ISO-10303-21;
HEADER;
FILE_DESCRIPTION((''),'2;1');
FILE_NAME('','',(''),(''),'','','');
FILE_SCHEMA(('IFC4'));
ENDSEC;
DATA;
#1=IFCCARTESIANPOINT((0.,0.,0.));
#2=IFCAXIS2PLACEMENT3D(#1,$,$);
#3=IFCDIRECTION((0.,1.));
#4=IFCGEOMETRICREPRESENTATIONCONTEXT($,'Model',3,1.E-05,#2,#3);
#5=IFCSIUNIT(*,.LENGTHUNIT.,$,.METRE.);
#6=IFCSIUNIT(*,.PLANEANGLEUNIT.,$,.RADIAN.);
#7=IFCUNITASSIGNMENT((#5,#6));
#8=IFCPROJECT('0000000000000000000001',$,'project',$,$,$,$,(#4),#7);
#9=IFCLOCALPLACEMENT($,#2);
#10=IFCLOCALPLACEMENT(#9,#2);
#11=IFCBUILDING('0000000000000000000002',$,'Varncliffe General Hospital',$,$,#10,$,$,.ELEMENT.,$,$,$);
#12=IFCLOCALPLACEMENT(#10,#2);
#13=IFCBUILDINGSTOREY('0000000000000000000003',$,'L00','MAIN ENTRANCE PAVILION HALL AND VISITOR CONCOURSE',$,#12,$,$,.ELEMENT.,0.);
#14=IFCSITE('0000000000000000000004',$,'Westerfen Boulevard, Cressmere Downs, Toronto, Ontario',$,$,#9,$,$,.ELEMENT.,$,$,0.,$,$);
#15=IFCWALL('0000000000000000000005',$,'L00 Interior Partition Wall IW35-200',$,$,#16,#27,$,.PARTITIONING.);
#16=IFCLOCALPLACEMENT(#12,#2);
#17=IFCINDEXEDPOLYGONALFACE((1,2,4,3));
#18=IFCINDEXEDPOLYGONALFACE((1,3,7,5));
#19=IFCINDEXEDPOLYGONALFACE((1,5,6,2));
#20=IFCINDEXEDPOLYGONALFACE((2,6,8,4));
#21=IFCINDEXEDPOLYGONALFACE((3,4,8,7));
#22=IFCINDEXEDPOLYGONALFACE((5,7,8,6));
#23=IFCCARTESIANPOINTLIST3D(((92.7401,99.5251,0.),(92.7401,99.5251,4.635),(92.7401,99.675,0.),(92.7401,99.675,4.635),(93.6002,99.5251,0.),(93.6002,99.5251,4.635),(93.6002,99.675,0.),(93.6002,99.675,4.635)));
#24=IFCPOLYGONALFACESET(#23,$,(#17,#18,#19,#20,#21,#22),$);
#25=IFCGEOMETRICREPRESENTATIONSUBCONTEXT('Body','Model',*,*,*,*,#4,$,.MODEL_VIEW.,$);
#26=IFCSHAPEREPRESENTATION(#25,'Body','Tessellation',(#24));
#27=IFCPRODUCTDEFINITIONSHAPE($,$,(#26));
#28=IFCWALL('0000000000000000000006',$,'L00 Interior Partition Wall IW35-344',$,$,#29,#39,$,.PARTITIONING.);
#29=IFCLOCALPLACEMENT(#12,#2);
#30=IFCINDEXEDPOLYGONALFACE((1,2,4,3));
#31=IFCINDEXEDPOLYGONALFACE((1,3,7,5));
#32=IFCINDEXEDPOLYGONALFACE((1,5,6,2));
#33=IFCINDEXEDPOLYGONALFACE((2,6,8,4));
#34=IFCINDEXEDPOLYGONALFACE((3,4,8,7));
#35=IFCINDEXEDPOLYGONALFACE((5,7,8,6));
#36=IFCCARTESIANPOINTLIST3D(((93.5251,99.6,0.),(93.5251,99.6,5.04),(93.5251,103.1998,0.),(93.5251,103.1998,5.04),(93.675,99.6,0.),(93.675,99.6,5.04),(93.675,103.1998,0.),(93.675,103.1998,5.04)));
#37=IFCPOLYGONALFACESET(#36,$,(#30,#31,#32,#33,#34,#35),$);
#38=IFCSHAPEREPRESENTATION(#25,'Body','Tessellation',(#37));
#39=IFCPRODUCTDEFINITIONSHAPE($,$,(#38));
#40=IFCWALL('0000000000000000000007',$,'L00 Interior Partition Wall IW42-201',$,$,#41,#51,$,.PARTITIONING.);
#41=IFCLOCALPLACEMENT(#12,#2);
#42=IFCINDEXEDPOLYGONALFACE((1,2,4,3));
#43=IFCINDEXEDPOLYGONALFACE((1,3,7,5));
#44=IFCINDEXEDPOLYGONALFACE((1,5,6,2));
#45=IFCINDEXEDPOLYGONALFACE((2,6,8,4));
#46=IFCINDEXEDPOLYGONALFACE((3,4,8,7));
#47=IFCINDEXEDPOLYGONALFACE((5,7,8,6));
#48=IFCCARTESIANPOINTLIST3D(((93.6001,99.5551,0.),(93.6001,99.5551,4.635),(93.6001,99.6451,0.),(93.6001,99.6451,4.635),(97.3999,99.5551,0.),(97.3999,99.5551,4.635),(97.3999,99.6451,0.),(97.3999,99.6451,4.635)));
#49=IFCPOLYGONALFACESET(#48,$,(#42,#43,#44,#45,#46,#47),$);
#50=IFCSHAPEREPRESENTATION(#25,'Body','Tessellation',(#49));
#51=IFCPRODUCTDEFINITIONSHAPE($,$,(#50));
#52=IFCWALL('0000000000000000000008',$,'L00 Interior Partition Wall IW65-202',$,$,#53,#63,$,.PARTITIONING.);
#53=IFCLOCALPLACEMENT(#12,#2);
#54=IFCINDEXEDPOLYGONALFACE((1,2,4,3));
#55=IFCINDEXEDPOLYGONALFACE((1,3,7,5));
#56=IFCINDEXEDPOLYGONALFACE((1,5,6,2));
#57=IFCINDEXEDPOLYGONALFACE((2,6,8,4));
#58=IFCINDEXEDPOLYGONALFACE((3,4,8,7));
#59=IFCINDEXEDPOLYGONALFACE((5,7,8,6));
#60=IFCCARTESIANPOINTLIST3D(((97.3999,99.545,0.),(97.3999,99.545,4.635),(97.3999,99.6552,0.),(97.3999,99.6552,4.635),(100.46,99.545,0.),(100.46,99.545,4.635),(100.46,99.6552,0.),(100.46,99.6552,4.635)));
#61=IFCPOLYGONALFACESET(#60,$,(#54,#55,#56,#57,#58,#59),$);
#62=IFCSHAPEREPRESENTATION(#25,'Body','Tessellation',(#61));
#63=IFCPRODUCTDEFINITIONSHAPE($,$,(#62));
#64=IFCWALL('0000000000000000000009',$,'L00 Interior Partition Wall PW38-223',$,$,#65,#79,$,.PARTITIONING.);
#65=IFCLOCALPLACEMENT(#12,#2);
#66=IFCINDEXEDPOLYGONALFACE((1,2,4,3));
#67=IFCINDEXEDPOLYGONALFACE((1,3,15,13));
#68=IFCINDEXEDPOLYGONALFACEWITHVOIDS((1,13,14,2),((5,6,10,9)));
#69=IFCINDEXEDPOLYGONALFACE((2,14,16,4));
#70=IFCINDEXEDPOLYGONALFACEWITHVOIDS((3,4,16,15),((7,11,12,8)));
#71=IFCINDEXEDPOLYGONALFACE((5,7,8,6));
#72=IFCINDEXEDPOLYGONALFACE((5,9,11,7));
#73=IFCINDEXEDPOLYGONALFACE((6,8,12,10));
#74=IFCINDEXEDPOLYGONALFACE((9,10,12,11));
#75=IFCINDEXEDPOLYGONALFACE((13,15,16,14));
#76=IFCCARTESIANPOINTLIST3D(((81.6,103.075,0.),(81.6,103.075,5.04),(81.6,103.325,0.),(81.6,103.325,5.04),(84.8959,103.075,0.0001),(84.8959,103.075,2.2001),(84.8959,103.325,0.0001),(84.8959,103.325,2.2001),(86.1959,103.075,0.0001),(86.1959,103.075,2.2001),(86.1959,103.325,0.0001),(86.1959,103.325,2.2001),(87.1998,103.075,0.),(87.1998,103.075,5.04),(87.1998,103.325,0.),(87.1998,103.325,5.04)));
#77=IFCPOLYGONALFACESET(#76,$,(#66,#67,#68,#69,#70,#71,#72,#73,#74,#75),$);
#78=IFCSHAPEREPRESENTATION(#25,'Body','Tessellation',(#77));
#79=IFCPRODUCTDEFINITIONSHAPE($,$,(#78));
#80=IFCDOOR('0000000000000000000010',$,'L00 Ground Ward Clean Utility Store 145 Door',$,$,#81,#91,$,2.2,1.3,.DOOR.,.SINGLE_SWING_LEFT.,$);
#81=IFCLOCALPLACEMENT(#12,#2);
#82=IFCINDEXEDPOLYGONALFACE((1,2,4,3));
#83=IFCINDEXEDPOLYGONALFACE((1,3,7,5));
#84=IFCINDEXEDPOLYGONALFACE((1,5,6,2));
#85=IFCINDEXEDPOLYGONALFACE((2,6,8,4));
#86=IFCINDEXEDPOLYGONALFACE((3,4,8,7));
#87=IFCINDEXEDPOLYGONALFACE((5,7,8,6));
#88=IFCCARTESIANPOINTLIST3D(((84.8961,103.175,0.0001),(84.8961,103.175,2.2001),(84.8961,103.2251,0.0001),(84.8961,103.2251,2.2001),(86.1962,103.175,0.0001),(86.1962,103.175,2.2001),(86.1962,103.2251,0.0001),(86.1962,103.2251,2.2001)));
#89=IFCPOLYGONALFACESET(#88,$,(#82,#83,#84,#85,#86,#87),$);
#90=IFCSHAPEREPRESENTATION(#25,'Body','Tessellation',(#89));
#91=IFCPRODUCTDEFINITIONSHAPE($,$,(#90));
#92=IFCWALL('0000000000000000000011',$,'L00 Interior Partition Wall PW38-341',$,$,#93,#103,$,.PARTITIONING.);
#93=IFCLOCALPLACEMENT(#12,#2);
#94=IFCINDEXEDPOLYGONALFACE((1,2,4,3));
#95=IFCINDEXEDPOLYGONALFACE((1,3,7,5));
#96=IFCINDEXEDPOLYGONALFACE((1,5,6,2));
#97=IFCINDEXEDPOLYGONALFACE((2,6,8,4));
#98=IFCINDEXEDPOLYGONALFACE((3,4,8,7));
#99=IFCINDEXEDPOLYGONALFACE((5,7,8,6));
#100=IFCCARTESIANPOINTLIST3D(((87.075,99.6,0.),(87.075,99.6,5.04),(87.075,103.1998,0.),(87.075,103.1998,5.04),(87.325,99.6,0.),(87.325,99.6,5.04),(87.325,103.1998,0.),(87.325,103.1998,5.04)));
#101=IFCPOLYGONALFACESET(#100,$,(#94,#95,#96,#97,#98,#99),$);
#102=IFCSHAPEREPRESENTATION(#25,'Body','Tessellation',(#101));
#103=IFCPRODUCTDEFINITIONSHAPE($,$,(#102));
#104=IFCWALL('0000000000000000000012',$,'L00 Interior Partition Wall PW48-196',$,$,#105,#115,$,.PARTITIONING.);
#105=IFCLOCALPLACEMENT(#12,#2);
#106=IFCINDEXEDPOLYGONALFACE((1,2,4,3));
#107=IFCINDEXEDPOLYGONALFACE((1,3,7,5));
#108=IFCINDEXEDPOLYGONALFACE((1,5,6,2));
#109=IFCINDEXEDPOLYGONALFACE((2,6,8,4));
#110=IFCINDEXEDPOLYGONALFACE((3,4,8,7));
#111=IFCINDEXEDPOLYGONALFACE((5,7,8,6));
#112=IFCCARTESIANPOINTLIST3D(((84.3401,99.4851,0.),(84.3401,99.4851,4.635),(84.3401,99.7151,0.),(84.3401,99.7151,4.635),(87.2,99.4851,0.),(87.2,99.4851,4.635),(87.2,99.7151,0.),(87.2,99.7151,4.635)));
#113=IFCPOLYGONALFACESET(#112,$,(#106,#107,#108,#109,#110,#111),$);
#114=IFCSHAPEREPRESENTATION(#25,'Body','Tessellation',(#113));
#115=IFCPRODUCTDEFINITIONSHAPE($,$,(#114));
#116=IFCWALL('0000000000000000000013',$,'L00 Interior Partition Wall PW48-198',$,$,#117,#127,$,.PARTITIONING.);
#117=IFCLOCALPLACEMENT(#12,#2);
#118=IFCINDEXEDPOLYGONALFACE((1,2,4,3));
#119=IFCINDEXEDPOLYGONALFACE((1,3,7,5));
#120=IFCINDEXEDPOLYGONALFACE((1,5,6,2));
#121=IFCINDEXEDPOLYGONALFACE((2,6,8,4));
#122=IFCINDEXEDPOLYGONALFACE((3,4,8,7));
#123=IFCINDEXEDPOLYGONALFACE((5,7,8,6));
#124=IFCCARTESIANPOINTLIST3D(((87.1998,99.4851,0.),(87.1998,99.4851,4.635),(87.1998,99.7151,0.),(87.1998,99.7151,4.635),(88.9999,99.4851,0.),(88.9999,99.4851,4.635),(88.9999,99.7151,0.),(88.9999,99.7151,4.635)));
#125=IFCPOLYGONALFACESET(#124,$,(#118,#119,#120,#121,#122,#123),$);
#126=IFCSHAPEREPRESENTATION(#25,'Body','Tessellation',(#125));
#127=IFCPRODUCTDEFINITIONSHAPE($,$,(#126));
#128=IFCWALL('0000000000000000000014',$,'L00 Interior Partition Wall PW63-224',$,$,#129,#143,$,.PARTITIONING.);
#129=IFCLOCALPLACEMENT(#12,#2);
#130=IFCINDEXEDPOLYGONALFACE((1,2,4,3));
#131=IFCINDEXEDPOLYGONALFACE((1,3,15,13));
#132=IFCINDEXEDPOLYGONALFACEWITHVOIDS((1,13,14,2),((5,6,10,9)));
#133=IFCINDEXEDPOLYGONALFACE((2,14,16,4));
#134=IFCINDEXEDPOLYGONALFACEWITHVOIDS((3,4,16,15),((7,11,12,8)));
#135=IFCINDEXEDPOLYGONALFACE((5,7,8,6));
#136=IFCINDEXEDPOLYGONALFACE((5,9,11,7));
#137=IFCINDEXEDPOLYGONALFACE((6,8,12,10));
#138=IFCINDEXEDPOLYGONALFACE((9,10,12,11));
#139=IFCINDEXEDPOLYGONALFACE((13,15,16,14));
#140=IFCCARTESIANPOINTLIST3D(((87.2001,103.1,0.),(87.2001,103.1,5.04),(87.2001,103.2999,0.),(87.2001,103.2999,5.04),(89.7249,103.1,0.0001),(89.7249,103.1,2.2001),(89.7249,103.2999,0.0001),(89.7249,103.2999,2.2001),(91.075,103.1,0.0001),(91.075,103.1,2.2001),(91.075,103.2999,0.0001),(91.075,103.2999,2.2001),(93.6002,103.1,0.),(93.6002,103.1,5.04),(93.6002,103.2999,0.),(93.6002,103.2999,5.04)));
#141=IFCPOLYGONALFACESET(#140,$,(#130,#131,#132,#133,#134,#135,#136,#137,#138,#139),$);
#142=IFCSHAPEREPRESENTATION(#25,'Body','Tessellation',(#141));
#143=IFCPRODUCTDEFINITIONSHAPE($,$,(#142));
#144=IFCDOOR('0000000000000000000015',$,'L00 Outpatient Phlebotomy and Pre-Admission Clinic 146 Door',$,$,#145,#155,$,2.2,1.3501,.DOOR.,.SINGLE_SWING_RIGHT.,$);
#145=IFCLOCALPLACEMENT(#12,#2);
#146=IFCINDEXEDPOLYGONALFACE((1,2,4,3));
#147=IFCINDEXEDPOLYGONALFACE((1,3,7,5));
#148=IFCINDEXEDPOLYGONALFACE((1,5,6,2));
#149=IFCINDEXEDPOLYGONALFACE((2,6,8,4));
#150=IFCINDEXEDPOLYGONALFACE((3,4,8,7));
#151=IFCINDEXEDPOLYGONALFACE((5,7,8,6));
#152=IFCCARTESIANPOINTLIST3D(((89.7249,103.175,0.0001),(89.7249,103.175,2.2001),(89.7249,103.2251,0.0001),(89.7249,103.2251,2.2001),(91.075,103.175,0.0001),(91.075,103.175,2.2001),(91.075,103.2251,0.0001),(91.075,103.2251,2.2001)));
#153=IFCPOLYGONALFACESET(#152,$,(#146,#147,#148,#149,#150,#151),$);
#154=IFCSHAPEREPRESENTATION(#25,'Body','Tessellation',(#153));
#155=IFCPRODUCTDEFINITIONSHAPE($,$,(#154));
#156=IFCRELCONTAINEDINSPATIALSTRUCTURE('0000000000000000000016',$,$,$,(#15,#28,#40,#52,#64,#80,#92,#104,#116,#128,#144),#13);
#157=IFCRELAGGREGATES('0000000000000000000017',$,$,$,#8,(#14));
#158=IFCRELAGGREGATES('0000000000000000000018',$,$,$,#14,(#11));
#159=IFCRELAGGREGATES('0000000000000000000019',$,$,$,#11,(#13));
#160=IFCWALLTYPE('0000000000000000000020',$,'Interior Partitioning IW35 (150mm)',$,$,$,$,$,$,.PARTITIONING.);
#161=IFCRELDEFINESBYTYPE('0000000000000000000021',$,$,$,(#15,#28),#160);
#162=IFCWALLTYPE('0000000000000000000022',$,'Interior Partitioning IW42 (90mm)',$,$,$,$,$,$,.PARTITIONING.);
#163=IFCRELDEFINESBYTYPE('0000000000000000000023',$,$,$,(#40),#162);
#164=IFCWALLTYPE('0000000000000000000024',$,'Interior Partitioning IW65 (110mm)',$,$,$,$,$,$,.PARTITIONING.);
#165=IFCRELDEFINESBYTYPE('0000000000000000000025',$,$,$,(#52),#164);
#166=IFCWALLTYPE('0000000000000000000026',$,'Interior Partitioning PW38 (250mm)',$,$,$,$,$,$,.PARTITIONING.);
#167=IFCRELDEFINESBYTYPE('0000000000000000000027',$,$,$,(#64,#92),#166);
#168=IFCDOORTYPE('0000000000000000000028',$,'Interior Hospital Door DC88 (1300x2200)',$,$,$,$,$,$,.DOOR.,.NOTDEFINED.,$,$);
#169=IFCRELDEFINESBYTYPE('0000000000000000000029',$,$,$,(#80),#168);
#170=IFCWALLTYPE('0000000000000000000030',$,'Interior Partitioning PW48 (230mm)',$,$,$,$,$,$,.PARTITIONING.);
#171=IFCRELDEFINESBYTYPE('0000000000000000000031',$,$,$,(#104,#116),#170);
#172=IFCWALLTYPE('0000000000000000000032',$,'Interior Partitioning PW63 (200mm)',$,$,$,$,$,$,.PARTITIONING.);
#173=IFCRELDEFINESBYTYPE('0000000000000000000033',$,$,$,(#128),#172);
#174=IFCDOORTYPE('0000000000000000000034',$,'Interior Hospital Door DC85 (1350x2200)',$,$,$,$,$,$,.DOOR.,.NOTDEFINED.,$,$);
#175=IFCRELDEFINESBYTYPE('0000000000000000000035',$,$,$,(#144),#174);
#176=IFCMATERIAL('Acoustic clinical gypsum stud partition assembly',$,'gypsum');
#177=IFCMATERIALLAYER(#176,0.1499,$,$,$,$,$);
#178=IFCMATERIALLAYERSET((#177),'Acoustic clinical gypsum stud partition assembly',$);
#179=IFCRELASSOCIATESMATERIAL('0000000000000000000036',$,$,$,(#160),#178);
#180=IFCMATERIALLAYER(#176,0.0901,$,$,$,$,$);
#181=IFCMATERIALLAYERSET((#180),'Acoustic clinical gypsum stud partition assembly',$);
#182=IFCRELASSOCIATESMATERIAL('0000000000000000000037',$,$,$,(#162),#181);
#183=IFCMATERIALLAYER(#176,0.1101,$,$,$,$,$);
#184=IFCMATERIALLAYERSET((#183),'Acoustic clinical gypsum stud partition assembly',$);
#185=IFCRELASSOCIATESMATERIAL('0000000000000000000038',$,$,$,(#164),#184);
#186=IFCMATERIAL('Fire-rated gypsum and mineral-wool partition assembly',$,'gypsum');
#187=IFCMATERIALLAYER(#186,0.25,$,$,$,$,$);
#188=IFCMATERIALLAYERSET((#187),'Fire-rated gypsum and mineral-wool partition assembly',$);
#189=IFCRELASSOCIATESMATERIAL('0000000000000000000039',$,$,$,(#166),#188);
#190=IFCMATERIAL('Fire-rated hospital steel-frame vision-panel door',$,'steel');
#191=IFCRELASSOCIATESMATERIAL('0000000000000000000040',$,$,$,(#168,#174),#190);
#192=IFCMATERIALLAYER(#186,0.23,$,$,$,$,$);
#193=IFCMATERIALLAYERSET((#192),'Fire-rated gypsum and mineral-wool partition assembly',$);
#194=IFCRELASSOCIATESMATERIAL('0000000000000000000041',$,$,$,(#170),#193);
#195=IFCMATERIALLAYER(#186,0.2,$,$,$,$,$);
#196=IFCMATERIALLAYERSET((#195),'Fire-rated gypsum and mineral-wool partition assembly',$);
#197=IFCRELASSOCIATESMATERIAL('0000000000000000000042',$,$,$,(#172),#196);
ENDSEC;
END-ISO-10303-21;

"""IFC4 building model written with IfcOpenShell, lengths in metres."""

from ifc_helpers import new_model, si_unit, direction, frame, frame_2d, origin, place, context, subcontext, project, spatial, rectangle, extrude, material, layer, layer_set, type_object, element, fill, save


model = new_model("IFC4")

# Units and contexts
model_context = context("Model", 3, precision=1e-05, world=origin(), true_north=direction((0.0, 1.0)))
body_context = subcontext(model_context, "Body", "Model", "MODEL_VIEW")
ifc_project = project(units=[si_unit("LENGTHUNIT", "METRE"), si_unit("PLANEANGLEUNIT", "RADIAN")], contexts=[model_context])

# Site, building, storey
site_placement = place(None, origin())
site = spatial("IfcSite", under=ifc_project, at=site_placement, Name="Westerfen Boulevard, Cressmere Downs, Toronto, Ontario", CompositionType="ELEMENT", RefElevation=0.0)
building_placement = place(site_placement, origin())
building = spatial("IfcBuilding", under=site, at=building_placement, Name="Varncliffe General Hospital", CompositionType="ELEMENT")
storey_placement = place(building_placement, origin())
storey = spatial("IfcBuildingStorey", under=building, at=storey_placement, Name="L00", Description="MAIN ENTRANCE PAVILION HALL AND VISITOR CONCOURSE", CompositionType="ELEMENT", Elevation=0.0)

# Walls
ifc_material_1 = material(Name="Acoustic clinical gypsum stud partition assembly", Category="gypsum")
ifc_layer_1 = layer(ifc_material_1, 0.1499)
ifc_layer_set_1 = layer_set([ifc_layer_1], Name="Acoustic clinical gypsum stud partition assembly")
wall_type_1 = type_object("IfcWallType", Name="Interior Partitioning IW35 (150mm)", PredefinedType="PARTITIONING", material=ifc_layer_set_1)
wall_1_placement = place(storey_placement, frame((92.74, 99.6001, 0.0), z_axis=(0.0, 0.0, 1.0), x_axis=(1.0, 0.0, 0.0)))
element("IfcWall", 1, at=wall_1_placement, inside=storey, type_object=wall_type_1, Name="L00 Interior Partition Wall IW35-200", PredefinedType="PARTITIONING", context=body_context, shape_type="SweptSolid", body=[
    extrude(rectangle(XDim=0.8601, YDim=0.1499, at=frame_2d((0.4302, 0.0))), origin(), (0.0, 0.0, 1.0), 4.635),
])
wall_2_placement = place(storey_placement, frame((93.6001, 99.6001, 0.0), z_axis=(0.0, 0.0, 1.0), x_axis=(0.0, 1.0, 0.0)))
element("IfcWall", 2, at=wall_2_placement, inside=storey, type_object=wall_type_1, Name="L00 Interior Partition Wall IW35-344", PredefinedType="PARTITIONING", context=body_context, shape_type="SweptSolid", body=[
    extrude(rectangle(XDim=3.5999, YDim=0.1499, at=frame_2d((1.7998, 0.0))), origin(), (0.0, 0.0, 1.0), 5.04),
])
ifc_layer_2 = layer(ifc_material_1, 0.0901)
ifc_layer_set_2 = layer_set([ifc_layer_2], Name="Acoustic clinical gypsum stud partition assembly")
wall_type_2 = type_object("IfcWallType", Name="Interior Partitioning IW42 (90mm)", PredefinedType="PARTITIONING", material=ifc_layer_set_2)
wall_3_placement = place(storey_placement, frame((93.6001, 99.6001, 0.0), z_axis=(0.0, 0.0, 1.0), x_axis=(1.0, 0.0, 0.0)))
element("IfcWall", 3, at=wall_3_placement, inside=storey, type_object=wall_type_2, Name="L00 Interior Partition Wall IW42-201", PredefinedType="PARTITIONING", context=body_context, shape_type="SweptSolid", body=[
    extrude(rectangle(XDim=3.7998, YDim=0.0901, at=frame_2d((1.8999, 0.0))), origin(), (0.0, 0.0, 1.0), 4.635),
])
ifc_layer_3 = layer(ifc_material_1, 0.1101)
ifc_layer_set_3 = layer_set([ifc_layer_3], Name="Acoustic clinical gypsum stud partition assembly")
wall_type_3 = type_object("IfcWallType", Name="Interior Partitioning IW65 (110mm)", PredefinedType="PARTITIONING", material=ifc_layer_set_3)
wall_4_placement = place(storey_placement, frame((97.3999, 99.6001, 0.0), z_axis=(0.0, 0.0, 1.0), x_axis=(1.0, 0.0, 0.0)))
element("IfcWall", 4, at=wall_4_placement, inside=storey, type_object=wall_type_3, Name="L00 Interior Partition Wall IW65-202", PredefinedType="PARTITIONING", context=body_context, shape_type="SweptSolid", body=[
    extrude(rectangle(XDim=3.0601, YDim=0.1101, at=frame_2d((1.53, 0.0))), origin(), (0.0, 0.0, 1.0), 4.635),
])

# Wall, opening, door
ifc_material_2 = material(Name="Fire-rated gypsum and mineral-wool partition assembly", Category="gypsum")
ifc_layer_4 = layer(ifc_material_2, 0.25)
ifc_layer_set_4 = layer_set([ifc_layer_4], Name="Fire-rated gypsum and mineral-wool partition assembly")
wall_type_4 = type_object("IfcWallType", Name="Interior Partitioning PW38 (250mm)", PredefinedType="PARTITIONING", material=ifc_layer_set_4)
wall_5_placement = place(storey_placement, frame((81.6001, 103.2, 0.0), z_axis=(0.0, 0.0, 1.0), x_axis=(1.0, 0.0, 0.0)))
wall_5 = element("IfcWall", 5, at=wall_5_placement, inside=storey, type_object=wall_type_4, Name="L00 Interior Partition Wall PW38-223", PredefinedType="PARTITIONING", context=body_context, shape_type="SweptSolid", body=[
    extrude(rectangle(XDim=5.5999, YDim=0.25, at=frame_2d((2.7998, 0.0))), origin(), (0.0, 0.0, 1.0), 5.04),
])
opening_1_placement = place(wall_5_placement, frame((3.2959, 0.0, 0.0)))
opening_1 = element("IfcOpeningElement", 6, at=opening_1_placement, cuts=wall_5, PredefinedType="OPENING", context=body_context, shape_type="SweptSolid", body=[
    extrude(rectangle(XDim=1.3, YDim=2.2, at=frame_2d((0.6499, 1.1001))), frame((0.0, 0.135, 0.0), z_axis=(0.0, -1.0, 0.0), x_axis=(1.0, 0.0, 0.0)), (0.0, 0.0, 1.0), 0.27),
])
ifc_material_3 = material(Name="Fire-rated hospital steel-frame vision-panel door", Category="steel")
door_type_1 = type_object("IfcDoorType", Name="Interior Hospital Door DC88 (1300x2200)", OperationType="NOTDEFINED", PredefinedType="DOOR", material=ifc_material_3)
door_1_placement = place(opening_1_placement, frame((1.3, 0.0, 0.0), z_axis=(0.0, 0.0, 1.0), x_axis=(-1.0, 0.0, 0.0)))
door_1 = element("IfcDoor", 7, at=door_1_placement, inside=storey, type_object=door_type_1, Name="L00 Ground Ward Clean Utility Store 145 Door", OperationType="SINGLE_SWING_LEFT", OverallHeight=2.2, OverallWidth=1.3, PredefinedType="DOOR", context=body_context, shape_type="SweptSolid", body=[
    extrude(rectangle(XDim=1.3, YDim=2.2, at=frame_2d((0.6499, 1.1001))), frame((0.0, 0.0249, 0.0), z_axis=(0.0, -1.0, 0.0), x_axis=(1.0, 0.0, 0.0)), (0.0, 0.0, 1.0), 0.05),
])
fill(opening_1, door_1)

# Walls
wall_6_placement = place(storey_placement, frame((87.2, 99.6001, 0.0), z_axis=(0.0, 0.0, 1.0), x_axis=(0.0, 1.0, 0.0)))
element("IfcWall", 8, at=wall_6_placement, inside=storey, type_object=wall_type_4, Name="L00 Interior Partition Wall PW38-341", PredefinedType="PARTITIONING", context=body_context, shape_type="SweptSolid", body=[
    extrude(rectangle(XDim=3.5999, YDim=0.25, at=frame_2d((1.7998, 0.0))), origin(), (0.0, 0.0, 1.0), 5.04),
])
ifc_layer_5 = layer(ifc_material_2, 0.23)
ifc_layer_set_5 = layer_set([ifc_layer_5], Name="Fire-rated gypsum and mineral-wool partition assembly")
wall_type_5 = type_object("IfcWallType", Name="Interior Partitioning PW48 (230mm)", PredefinedType="PARTITIONING", material=ifc_layer_set_5)
wall_7_placement = place(storey_placement, frame((84.3401, 99.6001, 0.0), z_axis=(0.0, 0.0, 1.0), x_axis=(1.0, 0.0, 0.0)))
element("IfcWall", 9, at=wall_7_placement, inside=storey, type_object=wall_type_5, Name="L00 Interior Partition Wall PW48-196", PredefinedType="PARTITIONING", context=body_context, shape_type="SweptSolid", body=[
    extrude(rectangle(XDim=2.8599, YDim=0.23, at=frame_2d((1.4299, 0.0))), origin(), (0.0, 0.0, 1.0), 4.635),
])
wall_8_placement = place(storey_placement, frame((87.2, 99.6001, 0.0), z_axis=(0.0, 0.0, 1.0), x_axis=(1.0, 0.0, 0.0)))
element("IfcWall", 10, at=wall_8_placement, inside=storey, type_object=wall_type_5, Name="L00 Interior Partition Wall PW48-198", PredefinedType="PARTITIONING", context=body_context, shape_type="SweptSolid", body=[
    extrude(rectangle(XDim=1.8, YDim=0.23, at=frame_2d((0.8999, 0.0))), origin(), (0.0, 0.0, 1.0), 4.635),
])

# Wall, opening, door
ifc_layer_6 = layer(ifc_material_2, 0.2)
ifc_layer_set_6 = layer_set([ifc_layer_6], Name="Fire-rated gypsum and mineral-wool partition assembly")
wall_type_6 = type_object("IfcWallType", Name="Interior Partitioning PW63 (200mm)", PredefinedType="PARTITIONING", material=ifc_layer_set_6)
wall_9_placement = place(storey_placement, frame((87.2, 103.2, 0.0), z_axis=(0.0, 0.0, 1.0), x_axis=(1.0, 0.0, 0.0)))
wall_9 = element("IfcWall", 11, at=wall_9_placement, inside=storey, type_object=wall_type_6, Name="L00 Interior Partition Wall PW63-224", PredefinedType="PARTITIONING", context=body_context, shape_type="SweptSolid", body=[
    extrude(rectangle(XDim=6.4001, YDim=0.2, at=frame_2d((3.2002, 0.0))), origin(), (0.0, 0.0, 1.0), 5.04),
])
opening_2_placement = place(wall_9_placement, frame((2.5249, 0.0, 0.0)))
opening_2 = element("IfcOpeningElement", 12, at=opening_2_placement, cuts=wall_9, PredefinedType="OPENING", context=body_context, shape_type="SweptSolid", body=[
    extrude(rectangle(XDim=1.3501, YDim=2.2, at=frame_2d((0.675, 1.1001))), frame((0.0, 0.1099, 0.0), z_axis=(0.0, -1.0, 0.0), x_axis=(1.0, 0.0, 0.0)), (0.0, 0.0, 1.0), 0.22),
])
door_type_2 = type_object("IfcDoorType", Name="Interior Hospital Door DC85 (1350x2200)", OperationType="NOTDEFINED", PredefinedType="DOOR", material=ifc_material_3)
door_2_placement = place(opening_2_placement, frame((1.3501, 0.0, 0.0), z_axis=(0.0, 0.0, 1.0), x_axis=(-1.0, 0.0, 0.0)))
door_2 = element("IfcDoor", 13, at=door_2_placement, inside=storey, type_object=door_type_2, Name="L00 Outpatient Phlebotomy and Pre-Admission Clinic 146 Door", OperationType="SINGLE_SWING_RIGHT", OverallHeight=2.2, OverallWidth=1.3501, PredefinedType="DOOR", context=body_context, shape_type="SweptSolid", body=[
    extrude(rectangle(XDim=1.3501, YDim=2.2, at=frame_2d((0.675, 1.1001))), frame((0.0, 0.0249, 0.0), z_axis=(0.0, -1.0, 0.0), x_axis=(1.0, 0.0, 0.0)), (0.0, 0.0, 1.0), 0.05),
])
fill(opening_2, door_2)

save(model, "model.ifc")
